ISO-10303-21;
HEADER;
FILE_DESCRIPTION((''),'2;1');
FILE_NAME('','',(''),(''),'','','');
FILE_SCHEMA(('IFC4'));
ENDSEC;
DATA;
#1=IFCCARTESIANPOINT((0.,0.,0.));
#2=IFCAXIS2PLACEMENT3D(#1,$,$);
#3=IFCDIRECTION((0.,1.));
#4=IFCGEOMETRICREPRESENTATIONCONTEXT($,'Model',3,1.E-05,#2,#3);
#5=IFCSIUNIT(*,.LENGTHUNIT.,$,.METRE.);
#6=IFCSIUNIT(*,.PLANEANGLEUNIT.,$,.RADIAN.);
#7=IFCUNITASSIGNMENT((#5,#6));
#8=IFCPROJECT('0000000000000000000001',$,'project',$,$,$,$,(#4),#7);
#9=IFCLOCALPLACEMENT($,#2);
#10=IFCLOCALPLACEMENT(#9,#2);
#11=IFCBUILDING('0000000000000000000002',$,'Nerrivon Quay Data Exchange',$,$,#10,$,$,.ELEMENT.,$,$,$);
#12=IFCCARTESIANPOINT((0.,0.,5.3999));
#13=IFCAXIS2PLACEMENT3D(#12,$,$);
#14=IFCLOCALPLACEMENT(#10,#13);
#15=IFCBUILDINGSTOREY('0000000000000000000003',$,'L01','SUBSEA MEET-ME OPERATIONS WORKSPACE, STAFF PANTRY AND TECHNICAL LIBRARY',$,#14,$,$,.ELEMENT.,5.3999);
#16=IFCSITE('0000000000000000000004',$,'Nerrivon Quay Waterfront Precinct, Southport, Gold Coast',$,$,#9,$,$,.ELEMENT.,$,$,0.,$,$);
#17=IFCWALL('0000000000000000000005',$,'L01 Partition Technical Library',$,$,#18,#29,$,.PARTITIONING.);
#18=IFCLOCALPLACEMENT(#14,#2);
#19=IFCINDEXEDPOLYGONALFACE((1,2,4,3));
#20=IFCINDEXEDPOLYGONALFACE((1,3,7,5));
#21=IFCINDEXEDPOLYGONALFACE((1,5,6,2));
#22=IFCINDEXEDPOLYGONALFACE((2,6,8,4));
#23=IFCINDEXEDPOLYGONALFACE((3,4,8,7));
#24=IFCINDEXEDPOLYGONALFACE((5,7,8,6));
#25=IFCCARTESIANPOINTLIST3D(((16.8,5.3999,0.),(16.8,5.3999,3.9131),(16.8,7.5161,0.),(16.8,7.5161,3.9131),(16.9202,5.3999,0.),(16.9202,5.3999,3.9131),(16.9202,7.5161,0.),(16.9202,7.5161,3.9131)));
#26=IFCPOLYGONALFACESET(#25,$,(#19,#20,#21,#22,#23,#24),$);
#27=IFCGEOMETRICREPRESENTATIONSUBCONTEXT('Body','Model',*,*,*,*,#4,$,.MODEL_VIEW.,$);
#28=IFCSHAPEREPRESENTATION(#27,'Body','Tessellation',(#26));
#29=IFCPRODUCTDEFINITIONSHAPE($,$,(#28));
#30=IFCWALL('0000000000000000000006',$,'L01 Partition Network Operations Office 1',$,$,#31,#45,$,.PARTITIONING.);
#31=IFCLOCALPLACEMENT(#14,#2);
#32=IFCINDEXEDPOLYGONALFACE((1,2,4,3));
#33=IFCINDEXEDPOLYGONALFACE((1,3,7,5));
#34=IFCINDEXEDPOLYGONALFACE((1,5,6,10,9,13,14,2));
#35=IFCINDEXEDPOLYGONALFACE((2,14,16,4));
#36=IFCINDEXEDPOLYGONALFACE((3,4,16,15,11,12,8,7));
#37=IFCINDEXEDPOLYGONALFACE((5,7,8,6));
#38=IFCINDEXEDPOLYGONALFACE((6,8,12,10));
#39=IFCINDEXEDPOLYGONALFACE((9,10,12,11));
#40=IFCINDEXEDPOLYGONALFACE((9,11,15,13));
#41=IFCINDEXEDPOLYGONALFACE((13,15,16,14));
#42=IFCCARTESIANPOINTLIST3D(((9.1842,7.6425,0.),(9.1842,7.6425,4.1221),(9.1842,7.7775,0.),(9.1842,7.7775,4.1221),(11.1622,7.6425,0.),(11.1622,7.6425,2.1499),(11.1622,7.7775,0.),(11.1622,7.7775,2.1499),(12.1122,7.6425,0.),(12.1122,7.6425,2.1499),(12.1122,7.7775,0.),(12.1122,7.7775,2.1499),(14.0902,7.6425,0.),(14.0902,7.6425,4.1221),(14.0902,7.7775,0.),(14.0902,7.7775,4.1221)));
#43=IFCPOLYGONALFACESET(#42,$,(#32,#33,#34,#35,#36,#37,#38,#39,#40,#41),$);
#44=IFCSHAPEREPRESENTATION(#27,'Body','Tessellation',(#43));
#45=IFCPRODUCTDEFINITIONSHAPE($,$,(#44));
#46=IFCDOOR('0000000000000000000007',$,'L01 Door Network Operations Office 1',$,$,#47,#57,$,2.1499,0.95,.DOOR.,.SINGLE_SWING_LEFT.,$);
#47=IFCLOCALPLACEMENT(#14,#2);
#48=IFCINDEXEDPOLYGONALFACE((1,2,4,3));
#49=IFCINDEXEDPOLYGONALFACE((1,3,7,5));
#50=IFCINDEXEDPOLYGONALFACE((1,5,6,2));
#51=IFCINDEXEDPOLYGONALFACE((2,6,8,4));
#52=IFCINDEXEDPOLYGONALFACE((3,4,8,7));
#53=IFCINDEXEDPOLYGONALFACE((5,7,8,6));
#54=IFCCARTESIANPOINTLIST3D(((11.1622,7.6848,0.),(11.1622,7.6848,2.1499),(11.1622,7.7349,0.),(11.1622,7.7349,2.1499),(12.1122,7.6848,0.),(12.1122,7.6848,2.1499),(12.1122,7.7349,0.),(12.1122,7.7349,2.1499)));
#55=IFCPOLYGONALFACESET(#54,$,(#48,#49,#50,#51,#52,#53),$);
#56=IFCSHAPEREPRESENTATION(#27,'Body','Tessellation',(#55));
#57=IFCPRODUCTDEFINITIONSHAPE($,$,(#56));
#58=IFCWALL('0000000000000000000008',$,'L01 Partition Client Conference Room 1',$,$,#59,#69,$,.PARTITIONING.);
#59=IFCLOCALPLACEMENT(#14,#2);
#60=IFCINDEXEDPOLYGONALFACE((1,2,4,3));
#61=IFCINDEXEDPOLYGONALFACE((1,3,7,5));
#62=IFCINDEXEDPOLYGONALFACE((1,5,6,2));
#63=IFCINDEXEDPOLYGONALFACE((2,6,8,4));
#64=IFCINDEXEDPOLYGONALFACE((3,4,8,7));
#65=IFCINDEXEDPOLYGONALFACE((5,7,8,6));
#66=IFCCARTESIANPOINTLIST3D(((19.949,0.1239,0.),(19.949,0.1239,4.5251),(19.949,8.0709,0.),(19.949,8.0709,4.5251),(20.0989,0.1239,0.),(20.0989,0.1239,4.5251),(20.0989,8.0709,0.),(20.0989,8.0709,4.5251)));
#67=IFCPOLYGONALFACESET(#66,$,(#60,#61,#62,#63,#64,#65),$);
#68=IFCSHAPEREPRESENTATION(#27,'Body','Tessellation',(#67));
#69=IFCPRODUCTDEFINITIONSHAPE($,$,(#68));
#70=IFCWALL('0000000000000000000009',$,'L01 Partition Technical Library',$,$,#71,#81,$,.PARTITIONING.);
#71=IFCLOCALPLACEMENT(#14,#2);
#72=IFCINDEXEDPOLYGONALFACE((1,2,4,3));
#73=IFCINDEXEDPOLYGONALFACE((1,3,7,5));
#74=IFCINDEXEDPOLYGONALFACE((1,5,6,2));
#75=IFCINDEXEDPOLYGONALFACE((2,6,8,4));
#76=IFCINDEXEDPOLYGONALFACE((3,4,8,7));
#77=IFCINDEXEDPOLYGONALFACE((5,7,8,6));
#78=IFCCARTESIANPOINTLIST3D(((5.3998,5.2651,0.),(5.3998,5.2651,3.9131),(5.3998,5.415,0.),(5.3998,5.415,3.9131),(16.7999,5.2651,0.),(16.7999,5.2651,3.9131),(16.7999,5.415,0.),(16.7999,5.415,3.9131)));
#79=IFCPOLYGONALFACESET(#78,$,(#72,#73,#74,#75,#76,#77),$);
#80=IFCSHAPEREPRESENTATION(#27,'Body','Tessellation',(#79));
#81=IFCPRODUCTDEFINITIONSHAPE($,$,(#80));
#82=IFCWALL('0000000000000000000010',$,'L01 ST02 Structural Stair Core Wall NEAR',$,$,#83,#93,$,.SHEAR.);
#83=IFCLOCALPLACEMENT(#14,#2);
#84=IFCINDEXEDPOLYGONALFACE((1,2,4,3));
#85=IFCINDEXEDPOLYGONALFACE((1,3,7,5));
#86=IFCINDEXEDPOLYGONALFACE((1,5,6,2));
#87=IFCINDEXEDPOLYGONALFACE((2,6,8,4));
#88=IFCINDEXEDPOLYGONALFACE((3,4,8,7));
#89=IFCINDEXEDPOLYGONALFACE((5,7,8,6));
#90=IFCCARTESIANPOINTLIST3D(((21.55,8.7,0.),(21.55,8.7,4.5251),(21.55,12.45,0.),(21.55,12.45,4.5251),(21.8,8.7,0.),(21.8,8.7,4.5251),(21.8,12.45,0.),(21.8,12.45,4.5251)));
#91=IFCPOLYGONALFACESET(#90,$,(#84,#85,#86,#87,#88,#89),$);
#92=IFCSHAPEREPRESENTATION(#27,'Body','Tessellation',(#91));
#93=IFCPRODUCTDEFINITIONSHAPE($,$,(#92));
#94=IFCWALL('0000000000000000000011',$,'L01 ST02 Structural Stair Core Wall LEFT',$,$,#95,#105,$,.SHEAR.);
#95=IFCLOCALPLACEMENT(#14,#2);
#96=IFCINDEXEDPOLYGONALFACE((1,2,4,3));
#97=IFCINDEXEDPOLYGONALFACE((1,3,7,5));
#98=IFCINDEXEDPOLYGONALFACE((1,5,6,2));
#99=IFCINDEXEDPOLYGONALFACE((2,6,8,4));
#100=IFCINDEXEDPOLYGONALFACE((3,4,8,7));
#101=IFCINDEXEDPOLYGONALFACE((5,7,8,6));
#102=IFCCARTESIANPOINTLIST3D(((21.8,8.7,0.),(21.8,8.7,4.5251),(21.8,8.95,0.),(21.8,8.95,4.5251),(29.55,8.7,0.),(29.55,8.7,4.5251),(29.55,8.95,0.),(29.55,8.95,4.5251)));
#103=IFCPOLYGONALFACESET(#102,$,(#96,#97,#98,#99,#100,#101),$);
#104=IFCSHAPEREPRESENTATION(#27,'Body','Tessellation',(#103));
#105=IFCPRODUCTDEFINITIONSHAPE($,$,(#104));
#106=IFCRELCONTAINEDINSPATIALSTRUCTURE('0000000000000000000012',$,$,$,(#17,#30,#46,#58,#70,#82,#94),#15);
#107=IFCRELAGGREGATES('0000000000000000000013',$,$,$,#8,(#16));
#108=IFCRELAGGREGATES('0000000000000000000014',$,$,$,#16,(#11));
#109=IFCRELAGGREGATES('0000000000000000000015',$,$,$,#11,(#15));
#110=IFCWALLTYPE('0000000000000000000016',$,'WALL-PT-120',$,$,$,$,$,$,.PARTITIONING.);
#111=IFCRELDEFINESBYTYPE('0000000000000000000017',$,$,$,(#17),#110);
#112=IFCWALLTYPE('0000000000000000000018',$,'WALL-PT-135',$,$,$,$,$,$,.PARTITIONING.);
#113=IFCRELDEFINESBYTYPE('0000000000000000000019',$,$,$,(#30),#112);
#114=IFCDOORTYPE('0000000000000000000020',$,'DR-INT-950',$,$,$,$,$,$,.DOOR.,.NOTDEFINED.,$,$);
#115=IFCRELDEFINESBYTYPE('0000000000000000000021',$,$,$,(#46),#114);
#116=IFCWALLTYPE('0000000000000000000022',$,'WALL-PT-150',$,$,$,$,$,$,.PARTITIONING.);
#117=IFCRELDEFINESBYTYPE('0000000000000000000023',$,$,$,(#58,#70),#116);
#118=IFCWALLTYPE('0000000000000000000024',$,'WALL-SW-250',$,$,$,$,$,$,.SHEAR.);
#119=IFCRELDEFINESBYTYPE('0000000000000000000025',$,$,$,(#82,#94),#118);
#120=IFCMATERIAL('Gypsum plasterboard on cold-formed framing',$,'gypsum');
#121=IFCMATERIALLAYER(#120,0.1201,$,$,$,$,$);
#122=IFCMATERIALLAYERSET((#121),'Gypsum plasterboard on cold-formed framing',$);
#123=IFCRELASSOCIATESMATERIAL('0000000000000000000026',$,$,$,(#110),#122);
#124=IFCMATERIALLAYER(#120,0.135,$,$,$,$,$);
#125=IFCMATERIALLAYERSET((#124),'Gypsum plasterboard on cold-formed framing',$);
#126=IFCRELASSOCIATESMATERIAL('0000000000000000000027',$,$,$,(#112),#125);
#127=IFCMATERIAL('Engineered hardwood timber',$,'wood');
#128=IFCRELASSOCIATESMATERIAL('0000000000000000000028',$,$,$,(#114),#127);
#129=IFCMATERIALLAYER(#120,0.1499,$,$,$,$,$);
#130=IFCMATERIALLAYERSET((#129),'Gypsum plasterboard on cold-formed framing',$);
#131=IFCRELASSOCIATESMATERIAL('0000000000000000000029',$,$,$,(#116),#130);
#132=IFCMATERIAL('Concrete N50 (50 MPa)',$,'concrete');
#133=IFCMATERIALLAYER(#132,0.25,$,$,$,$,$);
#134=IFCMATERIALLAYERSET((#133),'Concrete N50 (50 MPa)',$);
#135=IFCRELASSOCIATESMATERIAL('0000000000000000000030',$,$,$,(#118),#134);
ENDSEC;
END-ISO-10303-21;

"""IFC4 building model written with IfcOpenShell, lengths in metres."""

from ifc_helpers import new_model, si_unit, direction, frame, frame_2d, origin, place, context, subcontext, project, spatial, rectangle, extrude, material, layer, layer_set, type_object, element, fill, save


model = new_model("IFC4")

# Units and contexts
model_context = context("Model", 3, precision=1e-05, world=origin(), true_north=direction((0.0, 1.0)))
body_context = subcontext(model_context, "Body", "Model", "MODEL_VIEW")
ifc_project = project(units=[si_unit("LENGTHUNIT", "METRE"), si_unit("PLANEANGLEUNIT", "RADIAN")], contexts=[model_context])

# Site, building, storey
site_placement = place(None, origin())
site = spatial("IfcSite", under=ifc_project, at=site_placement, Name="Nerrivon Quay Waterfront Precinct, Southport, Gold Coast", CompositionType="ELEMENT", RefElevation=0.0)
building_placement = place(site_placement, origin())
building = spatial("IfcBuilding", under=site, at=building_placement, Name="Nerrivon Quay Data Exchange", CompositionType="ELEMENT")
storey_placement = place(building_placement, frame((0.0, 0.0, 5.3999)))
storey = spatial("IfcBuildingStorey", under=building, at=storey_placement, Name="L01", Description="SUBSEA MEET-ME OPERATIONS WORKSPACE, STAFF PANTRY AND TECHNICAL LIBRARY", CompositionType="ELEMENT", Elevation=5.3999)

# Wall
ifc_material_1 = material(Name="Gypsum plasterboard on cold-formed framing", Category="gypsum")
ifc_layer_1 = layer(ifc_material_1, 0.1201)
ifc_layer_set_1 = layer_set([ifc_layer_1], Name="Gypsum plasterboard on cold-formed framing")
wall_type_1 = type_object("IfcWallType", Name="WALL-PT-120", PredefinedType="PARTITIONING", material=ifc_layer_set_1)
wall_1_placement = place(storey_placement, frame((16.8601, 7.5161, 0.0), z_axis=(0.0, 0.0, 1.0), x_axis=(0.0, -1.0, 0.0)))
element("IfcWall", 1, at=wall_1_placement, inside=storey, type_object=wall_type_1, Name="L01 Partition Technical Library", PredefinedType="PARTITIONING", context=body_context, shape_type="SweptSolid", body=[
    extrude(rectangle(XDim=2.1162, YDim=0.1201, at=frame_2d((1.0581, 0.0))), origin(), (0.0, 0.0, 1.0), 3.9131),
])

# Wall, opening, door
ifc_layer_2 = layer(ifc_material_1, 0.135)
ifc_layer_set_2 = layer_set([ifc_layer_2], Name="Gypsum plasterboard on cold-formed framing")
wall_type_2 = type_object("IfcWallType", Name="WALL-PT-135", PredefinedType="PARTITIONING", material=ifc_layer_set_2)
wall_2_placement = place(storey_placement, frame((9.1841, 7.71, 0.0), z_axis=(0.0, 0.0, 1.0), x_axis=(1.0, 0.0, 0.0)))
wall_2 = element("IfcWall", 2, at=wall_2_placement, inside=storey, type_object=wall_type_2, Name="L01 Partition Network Operations Office 1", PredefinedType="PARTITIONING", context=body_context, shape_type="SweptSolid", body=[
    extrude(rectangle(XDim=4.906, YDim=0.135, at=frame_2d((2.4531, 0.0))), origin(), (0.0, 0.0, 1.0), 4.1221),
])
opening_1_placement = place(wall_2_placement, frame((1.978, 0.0, 0.0)))
opening_1 = element("IfcOpeningElement", 3, at=opening_1_placement, cuts=wall_2, PredefinedType="OPENING", context=body_context, shape_type="SweptSolid", body=[
    extrude(rectangle(XDim=0.95, YDim=2.1499, at=frame_2d((0.4751, 1.075))), frame((0.0, 0.0774, 0.0), z_axis=(0.0, -1.0, 0.0), x_axis=(1.0, 0.0, 0.0)), (0.0, 0.0, 1.0), 0.155),
])
ifc_material_2 = material(Name="Engineered hardwood timber", Category="wood")
door_type = type_object("IfcDoorType", Name="DR-INT-950", OperationType="NOTDEFINED", PredefinedType="DOOR", material=ifc_material_2)
door_placement = place(opening_1_placement, origin())
door = element("IfcDoor", 4, at=door_placement, inside=storey, type_object=door_type, Name="L01 Door Network Operations Office 1", OperationType="SINGLE_SWING_LEFT", OverallHeight=2.1499, OverallWidth=0.95, PredefinedType="DOOR", context=body_context, shape_type="SweptSolid", body=[
    extrude(rectangle(XDim=0.95, YDim=2.1499, at=frame_2d((0.4751, 1.075))), frame((0.0, 0.0249, 0.0), z_axis=(0.0, -1.0, 0.0), x_axis=(1.0, 0.0, 0.0)), (0.0, 0.0, 1.0), 0.05),
])
fill(opening_1, door)

# Walls
ifc_layer_3 = layer(ifc_material_1, 0.1499)
ifc_layer_set_3 = layer_set([ifc_layer_3], Name="Gypsum plasterboard on cold-formed framing")
wall_type_3 = type_object("IfcWallType", Name="WALL-PT-150", PredefinedType="PARTITIONING", material=ifc_layer_set_3)
wall_3_placement = place(storey_placement, frame((20.0239, 8.071, 0.0), z_axis=(0.0, 0.0, 1.0), x_axis=(0.0, -1.0, 0.0)))
element("IfcWall", 5, at=wall_3_placement, inside=storey, type_object=wall_type_3, Name="L01 Partition Client Conference Room 1", PredefinedType="PARTITIONING", context=body_context, shape_type="SweptSolid", body=[
    extrude(rectangle(XDim=7.947, YDim=0.1499, at=frame_2d((3.9736, 0.0))), origin(), (0.0, 0.0, 1.0), 4.5251),
])
wall_4_placement = place(storey_placement, frame((16.8, 5.3401, 0.0), z_axis=(0.0, 0.0, 1.0), x_axis=(-1.0, 0.0, 0.0)))
element("IfcWall", 6, at=wall_4_placement, inside=storey, type_object=wall_type_3, Name="L01 Partition Technical Library", PredefinedType="PARTITIONING", context=body_context, shape_type="SweptSolid", body=[
    extrude(rectangle(XDim=11.4001, YDim=0.1499, at=frame_2d((5.7002, 0.0))), origin(), (0.0, 0.0, 1.0), 3.9131),
])
ifc_material_3 = material(Name="Concrete N50 (50 MPa)", Category="concrete")
ifc_layer_4 = layer(ifc_material_3, 0.25)
ifc_layer_set_4 = layer_set([ifc_layer_4], Name="Concrete N50 (50 MPa)")
wall_type_4 = type_object("IfcWallType", Name="WALL-SW-250", PredefinedType="SHEAR", material=ifc_layer_set_4)
wall_5_placement = place(storey_placement, frame((21.675, 8.7, 0.0), z_axis=(0.0, 0.0, 1.0), x_axis=(0.0, 1.0, 0.0)))
element("IfcWall", 7, at=wall_5_placement, inside=storey, type_object=wall_type_4, Name="L01 ST02 Structural Stair Core Wall NEAR", PredefinedType="SHEAR", context=body_context, shape_type="SweptSolid", body=[
    extrude(rectangle(XDim=3.75, YDim=0.25, at=frame_2d((1.875, 0.0))), origin(), (0.0, 0.0, 1.0), 4.5251),
])
wall_6_placement = place(storey_placement, frame((21.8, 8.825, 0.0), z_axis=(0.0, 0.0, 1.0), x_axis=(1.0, 0.0, 0.0)))
element("IfcWall", 8, at=wall_6_placement, inside=storey, type_object=wall_type_4, Name="L01 ST02 Structural Stair Core Wall LEFT", PredefinedType="SHEAR", context=body_context, shape_type="SweptSolid", body=[
    extrude(rectangle(XDim=7.75, YDim=0.25, at=frame_2d((3.875, 0.0))), origin(), (0.0, 0.0, 1.0), 4.5251),
])

save(model, "model.ifc")
